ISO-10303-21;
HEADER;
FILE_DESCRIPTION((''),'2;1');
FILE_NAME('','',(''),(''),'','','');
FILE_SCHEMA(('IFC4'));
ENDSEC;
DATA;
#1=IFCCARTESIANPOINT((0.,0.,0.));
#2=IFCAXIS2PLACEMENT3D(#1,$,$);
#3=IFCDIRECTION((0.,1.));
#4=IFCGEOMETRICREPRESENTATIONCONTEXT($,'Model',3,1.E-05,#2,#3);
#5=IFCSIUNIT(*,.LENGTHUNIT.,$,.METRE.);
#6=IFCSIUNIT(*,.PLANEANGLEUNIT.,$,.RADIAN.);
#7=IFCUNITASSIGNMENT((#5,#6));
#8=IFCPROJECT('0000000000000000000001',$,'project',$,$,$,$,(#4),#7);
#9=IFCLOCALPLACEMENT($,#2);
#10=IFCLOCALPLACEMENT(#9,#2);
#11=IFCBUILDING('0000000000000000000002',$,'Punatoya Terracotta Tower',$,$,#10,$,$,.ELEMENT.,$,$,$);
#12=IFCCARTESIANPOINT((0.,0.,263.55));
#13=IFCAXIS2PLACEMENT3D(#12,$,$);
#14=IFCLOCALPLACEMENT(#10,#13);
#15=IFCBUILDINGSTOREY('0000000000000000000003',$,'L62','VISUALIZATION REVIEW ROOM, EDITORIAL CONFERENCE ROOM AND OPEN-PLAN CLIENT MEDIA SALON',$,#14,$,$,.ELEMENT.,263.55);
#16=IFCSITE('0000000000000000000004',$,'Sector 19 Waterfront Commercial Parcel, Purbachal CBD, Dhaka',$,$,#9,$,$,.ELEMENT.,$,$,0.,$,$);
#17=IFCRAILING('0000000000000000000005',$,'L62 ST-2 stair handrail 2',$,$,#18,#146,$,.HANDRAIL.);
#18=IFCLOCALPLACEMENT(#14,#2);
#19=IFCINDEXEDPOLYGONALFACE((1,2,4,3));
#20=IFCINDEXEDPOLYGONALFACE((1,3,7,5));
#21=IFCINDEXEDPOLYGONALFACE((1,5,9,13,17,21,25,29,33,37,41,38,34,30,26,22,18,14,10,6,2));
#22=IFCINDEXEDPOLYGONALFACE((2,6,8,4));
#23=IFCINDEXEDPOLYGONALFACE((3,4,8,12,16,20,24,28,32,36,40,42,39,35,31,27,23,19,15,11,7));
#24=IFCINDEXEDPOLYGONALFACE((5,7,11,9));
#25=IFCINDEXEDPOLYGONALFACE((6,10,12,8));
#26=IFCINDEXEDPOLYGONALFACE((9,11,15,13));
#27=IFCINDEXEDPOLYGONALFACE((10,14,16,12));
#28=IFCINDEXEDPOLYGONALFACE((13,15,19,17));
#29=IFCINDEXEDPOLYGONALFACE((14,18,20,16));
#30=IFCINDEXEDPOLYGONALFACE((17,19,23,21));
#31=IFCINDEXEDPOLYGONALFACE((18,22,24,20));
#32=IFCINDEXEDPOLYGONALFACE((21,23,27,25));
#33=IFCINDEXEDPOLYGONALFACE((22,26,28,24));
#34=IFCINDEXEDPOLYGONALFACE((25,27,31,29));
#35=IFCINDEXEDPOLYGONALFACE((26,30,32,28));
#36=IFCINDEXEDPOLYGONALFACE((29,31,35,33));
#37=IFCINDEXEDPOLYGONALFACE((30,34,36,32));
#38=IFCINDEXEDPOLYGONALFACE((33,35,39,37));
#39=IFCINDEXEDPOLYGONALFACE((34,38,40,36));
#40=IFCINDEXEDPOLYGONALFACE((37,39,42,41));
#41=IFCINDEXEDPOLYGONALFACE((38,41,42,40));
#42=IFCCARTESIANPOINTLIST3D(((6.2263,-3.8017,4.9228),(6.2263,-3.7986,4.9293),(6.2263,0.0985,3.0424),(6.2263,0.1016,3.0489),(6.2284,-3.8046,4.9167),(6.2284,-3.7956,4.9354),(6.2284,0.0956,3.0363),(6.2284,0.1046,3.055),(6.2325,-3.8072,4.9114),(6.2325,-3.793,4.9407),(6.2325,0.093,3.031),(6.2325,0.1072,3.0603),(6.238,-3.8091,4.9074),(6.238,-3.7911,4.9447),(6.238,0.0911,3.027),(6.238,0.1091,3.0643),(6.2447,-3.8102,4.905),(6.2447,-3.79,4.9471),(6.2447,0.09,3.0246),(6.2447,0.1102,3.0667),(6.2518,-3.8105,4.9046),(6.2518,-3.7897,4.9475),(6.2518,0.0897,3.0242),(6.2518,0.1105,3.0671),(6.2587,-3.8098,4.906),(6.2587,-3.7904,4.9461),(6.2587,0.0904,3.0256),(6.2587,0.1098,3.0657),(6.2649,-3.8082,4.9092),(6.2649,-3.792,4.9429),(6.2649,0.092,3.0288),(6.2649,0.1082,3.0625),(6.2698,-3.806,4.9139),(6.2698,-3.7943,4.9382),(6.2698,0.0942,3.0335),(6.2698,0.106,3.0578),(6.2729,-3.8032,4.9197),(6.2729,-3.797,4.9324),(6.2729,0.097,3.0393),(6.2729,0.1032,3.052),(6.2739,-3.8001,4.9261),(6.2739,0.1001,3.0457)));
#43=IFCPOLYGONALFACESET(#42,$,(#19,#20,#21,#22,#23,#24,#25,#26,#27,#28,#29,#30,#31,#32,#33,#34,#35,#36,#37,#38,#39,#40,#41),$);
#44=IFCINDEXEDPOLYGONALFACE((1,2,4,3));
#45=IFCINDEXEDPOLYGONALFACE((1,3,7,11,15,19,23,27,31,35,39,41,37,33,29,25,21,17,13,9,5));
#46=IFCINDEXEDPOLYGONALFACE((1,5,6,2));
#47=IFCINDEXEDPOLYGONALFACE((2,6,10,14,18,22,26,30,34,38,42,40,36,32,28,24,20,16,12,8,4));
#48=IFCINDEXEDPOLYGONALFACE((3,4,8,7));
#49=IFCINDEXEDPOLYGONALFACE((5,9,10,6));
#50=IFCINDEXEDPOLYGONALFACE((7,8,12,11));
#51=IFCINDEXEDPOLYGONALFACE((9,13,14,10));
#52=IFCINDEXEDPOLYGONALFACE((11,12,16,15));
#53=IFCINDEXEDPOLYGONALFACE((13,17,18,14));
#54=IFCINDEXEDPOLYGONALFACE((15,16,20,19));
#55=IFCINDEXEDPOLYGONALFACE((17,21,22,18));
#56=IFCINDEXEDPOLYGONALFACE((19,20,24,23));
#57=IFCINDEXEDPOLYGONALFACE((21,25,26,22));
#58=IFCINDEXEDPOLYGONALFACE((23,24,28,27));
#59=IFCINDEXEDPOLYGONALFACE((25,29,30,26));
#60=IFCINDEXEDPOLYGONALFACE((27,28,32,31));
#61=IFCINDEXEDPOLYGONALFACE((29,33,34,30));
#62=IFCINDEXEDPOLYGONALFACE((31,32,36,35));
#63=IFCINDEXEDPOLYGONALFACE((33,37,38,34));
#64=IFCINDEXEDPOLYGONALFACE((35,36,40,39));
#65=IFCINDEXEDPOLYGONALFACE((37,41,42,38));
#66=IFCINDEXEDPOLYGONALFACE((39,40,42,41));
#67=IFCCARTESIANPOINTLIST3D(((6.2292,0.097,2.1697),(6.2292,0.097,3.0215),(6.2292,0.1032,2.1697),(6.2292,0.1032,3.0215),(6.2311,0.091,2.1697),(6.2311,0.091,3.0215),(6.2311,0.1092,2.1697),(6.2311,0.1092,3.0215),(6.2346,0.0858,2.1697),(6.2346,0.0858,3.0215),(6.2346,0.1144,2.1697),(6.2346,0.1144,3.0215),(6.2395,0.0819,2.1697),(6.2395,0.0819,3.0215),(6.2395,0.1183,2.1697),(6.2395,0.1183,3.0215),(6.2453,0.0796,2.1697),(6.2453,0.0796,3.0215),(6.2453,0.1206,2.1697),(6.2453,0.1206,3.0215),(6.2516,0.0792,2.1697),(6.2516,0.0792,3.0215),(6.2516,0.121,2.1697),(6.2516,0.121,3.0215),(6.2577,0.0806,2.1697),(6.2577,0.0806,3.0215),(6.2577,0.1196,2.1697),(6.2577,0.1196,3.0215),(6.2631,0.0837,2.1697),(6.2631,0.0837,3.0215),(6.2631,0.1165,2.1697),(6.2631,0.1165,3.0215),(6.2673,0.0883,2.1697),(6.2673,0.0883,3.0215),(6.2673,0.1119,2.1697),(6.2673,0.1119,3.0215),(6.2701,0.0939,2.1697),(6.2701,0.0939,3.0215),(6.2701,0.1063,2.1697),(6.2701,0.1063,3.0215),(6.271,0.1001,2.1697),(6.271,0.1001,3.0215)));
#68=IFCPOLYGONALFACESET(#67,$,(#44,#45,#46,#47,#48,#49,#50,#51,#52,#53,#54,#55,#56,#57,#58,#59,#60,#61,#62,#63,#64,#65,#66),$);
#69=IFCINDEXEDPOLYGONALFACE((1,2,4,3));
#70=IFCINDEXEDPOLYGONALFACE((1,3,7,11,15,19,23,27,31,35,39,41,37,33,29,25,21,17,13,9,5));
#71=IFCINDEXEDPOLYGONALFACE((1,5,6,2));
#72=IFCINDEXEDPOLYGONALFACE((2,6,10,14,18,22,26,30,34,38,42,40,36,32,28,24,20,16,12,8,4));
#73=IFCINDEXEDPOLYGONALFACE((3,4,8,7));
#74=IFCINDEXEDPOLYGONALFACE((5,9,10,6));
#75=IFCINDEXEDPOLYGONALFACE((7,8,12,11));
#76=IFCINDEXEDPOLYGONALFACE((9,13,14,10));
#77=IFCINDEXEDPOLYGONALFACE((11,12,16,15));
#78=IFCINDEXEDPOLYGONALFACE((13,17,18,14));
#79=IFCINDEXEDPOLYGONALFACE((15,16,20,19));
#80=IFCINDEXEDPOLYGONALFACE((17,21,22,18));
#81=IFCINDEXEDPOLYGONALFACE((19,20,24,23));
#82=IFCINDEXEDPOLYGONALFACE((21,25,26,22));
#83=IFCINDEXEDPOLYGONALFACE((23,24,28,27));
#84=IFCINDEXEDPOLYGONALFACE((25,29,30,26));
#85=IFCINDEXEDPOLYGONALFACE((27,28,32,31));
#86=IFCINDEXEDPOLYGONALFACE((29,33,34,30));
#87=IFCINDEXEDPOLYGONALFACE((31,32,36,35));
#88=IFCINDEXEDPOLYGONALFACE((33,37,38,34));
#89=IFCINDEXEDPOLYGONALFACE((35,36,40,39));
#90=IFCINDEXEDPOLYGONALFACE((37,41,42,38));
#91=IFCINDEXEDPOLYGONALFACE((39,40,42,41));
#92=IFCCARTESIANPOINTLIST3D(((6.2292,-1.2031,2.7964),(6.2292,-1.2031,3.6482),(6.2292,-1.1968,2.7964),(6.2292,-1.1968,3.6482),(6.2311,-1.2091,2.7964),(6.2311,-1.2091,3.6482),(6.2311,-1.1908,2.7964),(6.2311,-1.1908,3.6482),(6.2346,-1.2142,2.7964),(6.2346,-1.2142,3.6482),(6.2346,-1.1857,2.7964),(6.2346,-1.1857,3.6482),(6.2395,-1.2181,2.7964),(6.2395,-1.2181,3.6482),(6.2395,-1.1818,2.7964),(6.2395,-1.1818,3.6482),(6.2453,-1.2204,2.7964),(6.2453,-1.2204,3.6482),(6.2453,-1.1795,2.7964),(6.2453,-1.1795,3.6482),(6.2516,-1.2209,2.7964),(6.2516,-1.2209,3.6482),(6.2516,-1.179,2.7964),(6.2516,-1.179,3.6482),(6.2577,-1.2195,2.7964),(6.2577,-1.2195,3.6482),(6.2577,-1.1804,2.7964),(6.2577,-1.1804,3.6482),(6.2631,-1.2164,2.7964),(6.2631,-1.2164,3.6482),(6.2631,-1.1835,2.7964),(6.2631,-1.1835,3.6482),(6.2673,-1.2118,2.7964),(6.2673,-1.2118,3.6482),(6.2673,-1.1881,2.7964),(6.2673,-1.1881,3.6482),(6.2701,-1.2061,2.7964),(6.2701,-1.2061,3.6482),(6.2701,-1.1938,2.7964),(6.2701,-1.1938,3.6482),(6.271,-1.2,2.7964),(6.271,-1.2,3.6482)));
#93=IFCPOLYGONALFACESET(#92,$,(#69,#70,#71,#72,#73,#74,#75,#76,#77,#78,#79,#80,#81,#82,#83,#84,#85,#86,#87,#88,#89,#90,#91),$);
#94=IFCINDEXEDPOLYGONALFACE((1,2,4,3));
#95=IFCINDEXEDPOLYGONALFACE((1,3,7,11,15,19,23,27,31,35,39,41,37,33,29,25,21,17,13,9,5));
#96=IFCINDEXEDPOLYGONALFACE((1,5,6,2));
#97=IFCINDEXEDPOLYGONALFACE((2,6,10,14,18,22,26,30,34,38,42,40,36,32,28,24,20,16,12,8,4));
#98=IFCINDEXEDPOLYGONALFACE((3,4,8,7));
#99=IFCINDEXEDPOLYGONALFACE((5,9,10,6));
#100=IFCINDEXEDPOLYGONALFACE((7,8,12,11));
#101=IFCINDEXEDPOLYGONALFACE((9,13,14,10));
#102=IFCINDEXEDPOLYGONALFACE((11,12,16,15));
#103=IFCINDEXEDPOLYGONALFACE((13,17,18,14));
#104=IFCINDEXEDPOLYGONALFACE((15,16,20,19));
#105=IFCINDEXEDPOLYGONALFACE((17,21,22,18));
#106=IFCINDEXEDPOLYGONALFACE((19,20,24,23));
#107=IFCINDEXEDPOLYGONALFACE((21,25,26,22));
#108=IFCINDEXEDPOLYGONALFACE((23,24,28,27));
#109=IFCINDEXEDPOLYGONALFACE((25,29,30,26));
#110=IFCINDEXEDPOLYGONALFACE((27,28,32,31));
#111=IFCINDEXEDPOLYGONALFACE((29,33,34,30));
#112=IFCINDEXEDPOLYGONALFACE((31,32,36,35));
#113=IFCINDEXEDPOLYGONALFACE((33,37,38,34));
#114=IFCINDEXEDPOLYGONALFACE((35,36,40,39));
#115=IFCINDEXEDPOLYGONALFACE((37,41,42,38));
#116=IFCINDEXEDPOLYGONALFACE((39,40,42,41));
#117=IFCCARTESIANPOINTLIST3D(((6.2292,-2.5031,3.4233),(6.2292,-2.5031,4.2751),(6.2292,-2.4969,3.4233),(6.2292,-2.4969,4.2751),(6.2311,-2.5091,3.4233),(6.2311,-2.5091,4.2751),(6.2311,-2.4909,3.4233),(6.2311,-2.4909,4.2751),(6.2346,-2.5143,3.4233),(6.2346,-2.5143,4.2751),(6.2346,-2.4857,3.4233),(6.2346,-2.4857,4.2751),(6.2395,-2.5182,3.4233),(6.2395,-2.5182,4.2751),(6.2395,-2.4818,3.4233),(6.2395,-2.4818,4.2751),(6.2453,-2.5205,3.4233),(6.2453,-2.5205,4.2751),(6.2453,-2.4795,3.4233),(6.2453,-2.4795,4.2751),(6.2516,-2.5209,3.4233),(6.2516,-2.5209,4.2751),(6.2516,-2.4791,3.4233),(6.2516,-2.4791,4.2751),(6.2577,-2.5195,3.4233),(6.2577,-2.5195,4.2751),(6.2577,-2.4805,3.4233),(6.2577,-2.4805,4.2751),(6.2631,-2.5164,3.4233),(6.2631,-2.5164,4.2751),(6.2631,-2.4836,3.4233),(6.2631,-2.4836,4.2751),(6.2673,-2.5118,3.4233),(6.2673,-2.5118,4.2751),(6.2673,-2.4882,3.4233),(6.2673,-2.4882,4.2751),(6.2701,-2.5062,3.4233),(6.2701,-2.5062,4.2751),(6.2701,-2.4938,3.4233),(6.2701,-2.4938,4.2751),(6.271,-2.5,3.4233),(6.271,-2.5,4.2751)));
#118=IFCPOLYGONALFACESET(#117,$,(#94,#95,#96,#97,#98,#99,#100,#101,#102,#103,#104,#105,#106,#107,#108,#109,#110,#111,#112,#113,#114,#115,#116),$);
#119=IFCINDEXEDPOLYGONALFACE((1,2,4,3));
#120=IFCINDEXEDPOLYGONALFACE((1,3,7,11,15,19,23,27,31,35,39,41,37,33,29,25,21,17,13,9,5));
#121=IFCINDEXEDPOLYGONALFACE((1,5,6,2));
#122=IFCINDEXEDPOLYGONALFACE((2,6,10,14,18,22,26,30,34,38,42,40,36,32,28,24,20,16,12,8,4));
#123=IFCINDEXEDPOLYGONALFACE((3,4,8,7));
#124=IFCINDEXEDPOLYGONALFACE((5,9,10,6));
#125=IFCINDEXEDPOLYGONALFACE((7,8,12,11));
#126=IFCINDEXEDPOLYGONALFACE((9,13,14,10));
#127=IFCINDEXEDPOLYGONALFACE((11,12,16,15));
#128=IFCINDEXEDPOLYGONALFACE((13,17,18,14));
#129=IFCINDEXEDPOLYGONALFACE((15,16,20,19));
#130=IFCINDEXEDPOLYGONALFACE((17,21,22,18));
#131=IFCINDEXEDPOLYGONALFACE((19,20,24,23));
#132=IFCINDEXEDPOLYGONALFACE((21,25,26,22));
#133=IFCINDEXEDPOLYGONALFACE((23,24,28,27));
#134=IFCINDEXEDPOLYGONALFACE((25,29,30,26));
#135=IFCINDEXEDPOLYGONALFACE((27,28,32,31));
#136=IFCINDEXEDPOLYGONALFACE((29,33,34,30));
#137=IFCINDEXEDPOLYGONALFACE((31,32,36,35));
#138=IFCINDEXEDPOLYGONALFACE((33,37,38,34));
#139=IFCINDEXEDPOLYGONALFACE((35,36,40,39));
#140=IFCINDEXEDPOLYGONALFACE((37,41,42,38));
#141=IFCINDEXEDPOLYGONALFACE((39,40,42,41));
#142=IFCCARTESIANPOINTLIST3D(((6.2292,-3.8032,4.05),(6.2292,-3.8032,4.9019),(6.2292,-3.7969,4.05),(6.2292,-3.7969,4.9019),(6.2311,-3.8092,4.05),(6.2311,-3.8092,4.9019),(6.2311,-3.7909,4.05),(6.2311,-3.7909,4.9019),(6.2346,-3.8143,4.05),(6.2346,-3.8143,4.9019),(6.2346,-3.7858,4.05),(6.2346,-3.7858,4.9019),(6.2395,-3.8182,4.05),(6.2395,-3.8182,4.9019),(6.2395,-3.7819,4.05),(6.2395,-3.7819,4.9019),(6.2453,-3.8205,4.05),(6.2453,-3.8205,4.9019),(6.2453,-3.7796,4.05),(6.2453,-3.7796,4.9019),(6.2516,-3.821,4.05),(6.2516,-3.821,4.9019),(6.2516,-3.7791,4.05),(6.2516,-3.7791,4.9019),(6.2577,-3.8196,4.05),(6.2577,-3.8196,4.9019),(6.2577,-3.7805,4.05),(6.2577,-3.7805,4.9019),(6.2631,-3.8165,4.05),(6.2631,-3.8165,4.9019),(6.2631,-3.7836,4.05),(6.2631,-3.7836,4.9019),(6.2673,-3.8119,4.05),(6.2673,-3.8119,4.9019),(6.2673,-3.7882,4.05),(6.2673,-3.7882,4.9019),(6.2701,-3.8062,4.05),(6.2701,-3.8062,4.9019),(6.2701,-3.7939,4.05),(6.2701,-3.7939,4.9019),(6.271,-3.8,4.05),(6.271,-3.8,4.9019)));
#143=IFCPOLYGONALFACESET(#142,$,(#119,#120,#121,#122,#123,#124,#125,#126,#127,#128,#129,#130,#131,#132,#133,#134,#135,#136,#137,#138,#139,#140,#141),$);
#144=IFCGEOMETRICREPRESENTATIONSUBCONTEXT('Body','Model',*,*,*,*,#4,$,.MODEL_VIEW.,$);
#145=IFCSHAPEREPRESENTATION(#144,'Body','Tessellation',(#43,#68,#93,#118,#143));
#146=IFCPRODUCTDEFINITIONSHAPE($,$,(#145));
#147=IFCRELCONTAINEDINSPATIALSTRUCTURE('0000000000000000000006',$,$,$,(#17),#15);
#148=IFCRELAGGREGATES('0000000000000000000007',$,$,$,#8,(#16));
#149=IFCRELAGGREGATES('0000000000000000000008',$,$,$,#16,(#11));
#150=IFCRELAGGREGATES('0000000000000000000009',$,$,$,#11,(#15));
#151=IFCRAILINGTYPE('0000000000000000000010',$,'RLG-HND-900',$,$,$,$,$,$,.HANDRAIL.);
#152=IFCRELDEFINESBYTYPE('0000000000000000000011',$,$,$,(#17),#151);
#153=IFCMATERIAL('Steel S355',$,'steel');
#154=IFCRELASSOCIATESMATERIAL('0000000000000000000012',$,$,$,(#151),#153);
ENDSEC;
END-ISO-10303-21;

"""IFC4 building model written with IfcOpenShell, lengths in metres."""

from ifc_helpers import new_model, si_unit, direction, frame, origin, origin_2d, place, context, subcontext, project, spatial, circle, extrude, material, type_object, element, save


model = new_model("IFC4")

# Units and contexts
model_context = context("Model", 3, precision=1e-05, world=origin(), true_north=direction((0.0, 1.0)))
body_context = subcontext(model_context, "Body", "Model", "MODEL_VIEW")
ifc_project = project(units=[si_unit("LENGTHUNIT", "METRE"), si_unit("PLANEANGLEUNIT", "RADIAN")], contexts=[model_context])

# Site, building, storey
site_placement = place(None, origin())
site = spatial("IfcSite", under=ifc_project, at=site_placement, Name="Sector 19 Waterfront Commercial Parcel, Purbachal CBD, Dhaka", CompositionType="ELEMENT", RefElevation=0.0)
building_placement = place(site_placement, origin())
building = spatial("IfcBuilding", under=site, at=building_placement, Name="Punatoya Terracotta Tower", CompositionType="ELEMENT")
storey_placement = place(building_placement, frame((0.0, 0.0, 263.55)))
storey = spatial("IfcBuildingStorey", under=building, at=storey_placement, Name="L62", Description="VISUALIZATION REVIEW ROOM, EDITORIAL CONFERENCE ROOM AND OPEN-PLAN CLIENT MEDIA SALON", CompositionType="ELEMENT", Elevation=263.55)

# Shared definitions
ifc_material_1 = material(Name="Steel S355", Category="steel")

# Railing
railing_type_1 = type_object("IfcRailingType", Name="RLG-HND-900", PredefinedType="HANDRAIL", material=ifc_material_1)
railing_1_placement = place(storey_placement, frame((6.25, 0.1001, 2.1697)))
element("IfcRailing", 1, at=railing_1_placement, inside=storey, type_object=railing_type_1, Name="L62 ST-2 stair handrail 2", PredefinedType="HANDRAIL", context=body_context, shape_type="SweptSolid", body=[
    extrude(circle(Radius=0.0239, at=origin_2d()), frame((0.0, 0.0, 0.876), z_axis=(0.0, -0.900774, 0.434289), x_axis=(1.0, 0.0, 0.0)), (0.0, 0.0, 1.0), 4.3298),
    extrude(circle(Radius=0.021, at=origin_2d()), origin(), (0.0, 0.0, 1.0), 0.8518),
    extrude(circle(Radius=0.021, at=origin_2d()), frame((0.0, -1.3, 0.6267)), (0.0, 0.0, 1.0), 0.8518),
    extrude(circle(Radius=0.021, at=origin_2d()), frame((0.0, -2.6001, 1.2537)), (0.0, 0.0, 1.0), 0.8518),
    extrude(circle(Radius=0.021, at=origin_2d()), frame((0.0, -3.9001, 1.8804)), (0.0, 0.0, 1.0), 0.8518),
])

save(model, "model.ifc")
